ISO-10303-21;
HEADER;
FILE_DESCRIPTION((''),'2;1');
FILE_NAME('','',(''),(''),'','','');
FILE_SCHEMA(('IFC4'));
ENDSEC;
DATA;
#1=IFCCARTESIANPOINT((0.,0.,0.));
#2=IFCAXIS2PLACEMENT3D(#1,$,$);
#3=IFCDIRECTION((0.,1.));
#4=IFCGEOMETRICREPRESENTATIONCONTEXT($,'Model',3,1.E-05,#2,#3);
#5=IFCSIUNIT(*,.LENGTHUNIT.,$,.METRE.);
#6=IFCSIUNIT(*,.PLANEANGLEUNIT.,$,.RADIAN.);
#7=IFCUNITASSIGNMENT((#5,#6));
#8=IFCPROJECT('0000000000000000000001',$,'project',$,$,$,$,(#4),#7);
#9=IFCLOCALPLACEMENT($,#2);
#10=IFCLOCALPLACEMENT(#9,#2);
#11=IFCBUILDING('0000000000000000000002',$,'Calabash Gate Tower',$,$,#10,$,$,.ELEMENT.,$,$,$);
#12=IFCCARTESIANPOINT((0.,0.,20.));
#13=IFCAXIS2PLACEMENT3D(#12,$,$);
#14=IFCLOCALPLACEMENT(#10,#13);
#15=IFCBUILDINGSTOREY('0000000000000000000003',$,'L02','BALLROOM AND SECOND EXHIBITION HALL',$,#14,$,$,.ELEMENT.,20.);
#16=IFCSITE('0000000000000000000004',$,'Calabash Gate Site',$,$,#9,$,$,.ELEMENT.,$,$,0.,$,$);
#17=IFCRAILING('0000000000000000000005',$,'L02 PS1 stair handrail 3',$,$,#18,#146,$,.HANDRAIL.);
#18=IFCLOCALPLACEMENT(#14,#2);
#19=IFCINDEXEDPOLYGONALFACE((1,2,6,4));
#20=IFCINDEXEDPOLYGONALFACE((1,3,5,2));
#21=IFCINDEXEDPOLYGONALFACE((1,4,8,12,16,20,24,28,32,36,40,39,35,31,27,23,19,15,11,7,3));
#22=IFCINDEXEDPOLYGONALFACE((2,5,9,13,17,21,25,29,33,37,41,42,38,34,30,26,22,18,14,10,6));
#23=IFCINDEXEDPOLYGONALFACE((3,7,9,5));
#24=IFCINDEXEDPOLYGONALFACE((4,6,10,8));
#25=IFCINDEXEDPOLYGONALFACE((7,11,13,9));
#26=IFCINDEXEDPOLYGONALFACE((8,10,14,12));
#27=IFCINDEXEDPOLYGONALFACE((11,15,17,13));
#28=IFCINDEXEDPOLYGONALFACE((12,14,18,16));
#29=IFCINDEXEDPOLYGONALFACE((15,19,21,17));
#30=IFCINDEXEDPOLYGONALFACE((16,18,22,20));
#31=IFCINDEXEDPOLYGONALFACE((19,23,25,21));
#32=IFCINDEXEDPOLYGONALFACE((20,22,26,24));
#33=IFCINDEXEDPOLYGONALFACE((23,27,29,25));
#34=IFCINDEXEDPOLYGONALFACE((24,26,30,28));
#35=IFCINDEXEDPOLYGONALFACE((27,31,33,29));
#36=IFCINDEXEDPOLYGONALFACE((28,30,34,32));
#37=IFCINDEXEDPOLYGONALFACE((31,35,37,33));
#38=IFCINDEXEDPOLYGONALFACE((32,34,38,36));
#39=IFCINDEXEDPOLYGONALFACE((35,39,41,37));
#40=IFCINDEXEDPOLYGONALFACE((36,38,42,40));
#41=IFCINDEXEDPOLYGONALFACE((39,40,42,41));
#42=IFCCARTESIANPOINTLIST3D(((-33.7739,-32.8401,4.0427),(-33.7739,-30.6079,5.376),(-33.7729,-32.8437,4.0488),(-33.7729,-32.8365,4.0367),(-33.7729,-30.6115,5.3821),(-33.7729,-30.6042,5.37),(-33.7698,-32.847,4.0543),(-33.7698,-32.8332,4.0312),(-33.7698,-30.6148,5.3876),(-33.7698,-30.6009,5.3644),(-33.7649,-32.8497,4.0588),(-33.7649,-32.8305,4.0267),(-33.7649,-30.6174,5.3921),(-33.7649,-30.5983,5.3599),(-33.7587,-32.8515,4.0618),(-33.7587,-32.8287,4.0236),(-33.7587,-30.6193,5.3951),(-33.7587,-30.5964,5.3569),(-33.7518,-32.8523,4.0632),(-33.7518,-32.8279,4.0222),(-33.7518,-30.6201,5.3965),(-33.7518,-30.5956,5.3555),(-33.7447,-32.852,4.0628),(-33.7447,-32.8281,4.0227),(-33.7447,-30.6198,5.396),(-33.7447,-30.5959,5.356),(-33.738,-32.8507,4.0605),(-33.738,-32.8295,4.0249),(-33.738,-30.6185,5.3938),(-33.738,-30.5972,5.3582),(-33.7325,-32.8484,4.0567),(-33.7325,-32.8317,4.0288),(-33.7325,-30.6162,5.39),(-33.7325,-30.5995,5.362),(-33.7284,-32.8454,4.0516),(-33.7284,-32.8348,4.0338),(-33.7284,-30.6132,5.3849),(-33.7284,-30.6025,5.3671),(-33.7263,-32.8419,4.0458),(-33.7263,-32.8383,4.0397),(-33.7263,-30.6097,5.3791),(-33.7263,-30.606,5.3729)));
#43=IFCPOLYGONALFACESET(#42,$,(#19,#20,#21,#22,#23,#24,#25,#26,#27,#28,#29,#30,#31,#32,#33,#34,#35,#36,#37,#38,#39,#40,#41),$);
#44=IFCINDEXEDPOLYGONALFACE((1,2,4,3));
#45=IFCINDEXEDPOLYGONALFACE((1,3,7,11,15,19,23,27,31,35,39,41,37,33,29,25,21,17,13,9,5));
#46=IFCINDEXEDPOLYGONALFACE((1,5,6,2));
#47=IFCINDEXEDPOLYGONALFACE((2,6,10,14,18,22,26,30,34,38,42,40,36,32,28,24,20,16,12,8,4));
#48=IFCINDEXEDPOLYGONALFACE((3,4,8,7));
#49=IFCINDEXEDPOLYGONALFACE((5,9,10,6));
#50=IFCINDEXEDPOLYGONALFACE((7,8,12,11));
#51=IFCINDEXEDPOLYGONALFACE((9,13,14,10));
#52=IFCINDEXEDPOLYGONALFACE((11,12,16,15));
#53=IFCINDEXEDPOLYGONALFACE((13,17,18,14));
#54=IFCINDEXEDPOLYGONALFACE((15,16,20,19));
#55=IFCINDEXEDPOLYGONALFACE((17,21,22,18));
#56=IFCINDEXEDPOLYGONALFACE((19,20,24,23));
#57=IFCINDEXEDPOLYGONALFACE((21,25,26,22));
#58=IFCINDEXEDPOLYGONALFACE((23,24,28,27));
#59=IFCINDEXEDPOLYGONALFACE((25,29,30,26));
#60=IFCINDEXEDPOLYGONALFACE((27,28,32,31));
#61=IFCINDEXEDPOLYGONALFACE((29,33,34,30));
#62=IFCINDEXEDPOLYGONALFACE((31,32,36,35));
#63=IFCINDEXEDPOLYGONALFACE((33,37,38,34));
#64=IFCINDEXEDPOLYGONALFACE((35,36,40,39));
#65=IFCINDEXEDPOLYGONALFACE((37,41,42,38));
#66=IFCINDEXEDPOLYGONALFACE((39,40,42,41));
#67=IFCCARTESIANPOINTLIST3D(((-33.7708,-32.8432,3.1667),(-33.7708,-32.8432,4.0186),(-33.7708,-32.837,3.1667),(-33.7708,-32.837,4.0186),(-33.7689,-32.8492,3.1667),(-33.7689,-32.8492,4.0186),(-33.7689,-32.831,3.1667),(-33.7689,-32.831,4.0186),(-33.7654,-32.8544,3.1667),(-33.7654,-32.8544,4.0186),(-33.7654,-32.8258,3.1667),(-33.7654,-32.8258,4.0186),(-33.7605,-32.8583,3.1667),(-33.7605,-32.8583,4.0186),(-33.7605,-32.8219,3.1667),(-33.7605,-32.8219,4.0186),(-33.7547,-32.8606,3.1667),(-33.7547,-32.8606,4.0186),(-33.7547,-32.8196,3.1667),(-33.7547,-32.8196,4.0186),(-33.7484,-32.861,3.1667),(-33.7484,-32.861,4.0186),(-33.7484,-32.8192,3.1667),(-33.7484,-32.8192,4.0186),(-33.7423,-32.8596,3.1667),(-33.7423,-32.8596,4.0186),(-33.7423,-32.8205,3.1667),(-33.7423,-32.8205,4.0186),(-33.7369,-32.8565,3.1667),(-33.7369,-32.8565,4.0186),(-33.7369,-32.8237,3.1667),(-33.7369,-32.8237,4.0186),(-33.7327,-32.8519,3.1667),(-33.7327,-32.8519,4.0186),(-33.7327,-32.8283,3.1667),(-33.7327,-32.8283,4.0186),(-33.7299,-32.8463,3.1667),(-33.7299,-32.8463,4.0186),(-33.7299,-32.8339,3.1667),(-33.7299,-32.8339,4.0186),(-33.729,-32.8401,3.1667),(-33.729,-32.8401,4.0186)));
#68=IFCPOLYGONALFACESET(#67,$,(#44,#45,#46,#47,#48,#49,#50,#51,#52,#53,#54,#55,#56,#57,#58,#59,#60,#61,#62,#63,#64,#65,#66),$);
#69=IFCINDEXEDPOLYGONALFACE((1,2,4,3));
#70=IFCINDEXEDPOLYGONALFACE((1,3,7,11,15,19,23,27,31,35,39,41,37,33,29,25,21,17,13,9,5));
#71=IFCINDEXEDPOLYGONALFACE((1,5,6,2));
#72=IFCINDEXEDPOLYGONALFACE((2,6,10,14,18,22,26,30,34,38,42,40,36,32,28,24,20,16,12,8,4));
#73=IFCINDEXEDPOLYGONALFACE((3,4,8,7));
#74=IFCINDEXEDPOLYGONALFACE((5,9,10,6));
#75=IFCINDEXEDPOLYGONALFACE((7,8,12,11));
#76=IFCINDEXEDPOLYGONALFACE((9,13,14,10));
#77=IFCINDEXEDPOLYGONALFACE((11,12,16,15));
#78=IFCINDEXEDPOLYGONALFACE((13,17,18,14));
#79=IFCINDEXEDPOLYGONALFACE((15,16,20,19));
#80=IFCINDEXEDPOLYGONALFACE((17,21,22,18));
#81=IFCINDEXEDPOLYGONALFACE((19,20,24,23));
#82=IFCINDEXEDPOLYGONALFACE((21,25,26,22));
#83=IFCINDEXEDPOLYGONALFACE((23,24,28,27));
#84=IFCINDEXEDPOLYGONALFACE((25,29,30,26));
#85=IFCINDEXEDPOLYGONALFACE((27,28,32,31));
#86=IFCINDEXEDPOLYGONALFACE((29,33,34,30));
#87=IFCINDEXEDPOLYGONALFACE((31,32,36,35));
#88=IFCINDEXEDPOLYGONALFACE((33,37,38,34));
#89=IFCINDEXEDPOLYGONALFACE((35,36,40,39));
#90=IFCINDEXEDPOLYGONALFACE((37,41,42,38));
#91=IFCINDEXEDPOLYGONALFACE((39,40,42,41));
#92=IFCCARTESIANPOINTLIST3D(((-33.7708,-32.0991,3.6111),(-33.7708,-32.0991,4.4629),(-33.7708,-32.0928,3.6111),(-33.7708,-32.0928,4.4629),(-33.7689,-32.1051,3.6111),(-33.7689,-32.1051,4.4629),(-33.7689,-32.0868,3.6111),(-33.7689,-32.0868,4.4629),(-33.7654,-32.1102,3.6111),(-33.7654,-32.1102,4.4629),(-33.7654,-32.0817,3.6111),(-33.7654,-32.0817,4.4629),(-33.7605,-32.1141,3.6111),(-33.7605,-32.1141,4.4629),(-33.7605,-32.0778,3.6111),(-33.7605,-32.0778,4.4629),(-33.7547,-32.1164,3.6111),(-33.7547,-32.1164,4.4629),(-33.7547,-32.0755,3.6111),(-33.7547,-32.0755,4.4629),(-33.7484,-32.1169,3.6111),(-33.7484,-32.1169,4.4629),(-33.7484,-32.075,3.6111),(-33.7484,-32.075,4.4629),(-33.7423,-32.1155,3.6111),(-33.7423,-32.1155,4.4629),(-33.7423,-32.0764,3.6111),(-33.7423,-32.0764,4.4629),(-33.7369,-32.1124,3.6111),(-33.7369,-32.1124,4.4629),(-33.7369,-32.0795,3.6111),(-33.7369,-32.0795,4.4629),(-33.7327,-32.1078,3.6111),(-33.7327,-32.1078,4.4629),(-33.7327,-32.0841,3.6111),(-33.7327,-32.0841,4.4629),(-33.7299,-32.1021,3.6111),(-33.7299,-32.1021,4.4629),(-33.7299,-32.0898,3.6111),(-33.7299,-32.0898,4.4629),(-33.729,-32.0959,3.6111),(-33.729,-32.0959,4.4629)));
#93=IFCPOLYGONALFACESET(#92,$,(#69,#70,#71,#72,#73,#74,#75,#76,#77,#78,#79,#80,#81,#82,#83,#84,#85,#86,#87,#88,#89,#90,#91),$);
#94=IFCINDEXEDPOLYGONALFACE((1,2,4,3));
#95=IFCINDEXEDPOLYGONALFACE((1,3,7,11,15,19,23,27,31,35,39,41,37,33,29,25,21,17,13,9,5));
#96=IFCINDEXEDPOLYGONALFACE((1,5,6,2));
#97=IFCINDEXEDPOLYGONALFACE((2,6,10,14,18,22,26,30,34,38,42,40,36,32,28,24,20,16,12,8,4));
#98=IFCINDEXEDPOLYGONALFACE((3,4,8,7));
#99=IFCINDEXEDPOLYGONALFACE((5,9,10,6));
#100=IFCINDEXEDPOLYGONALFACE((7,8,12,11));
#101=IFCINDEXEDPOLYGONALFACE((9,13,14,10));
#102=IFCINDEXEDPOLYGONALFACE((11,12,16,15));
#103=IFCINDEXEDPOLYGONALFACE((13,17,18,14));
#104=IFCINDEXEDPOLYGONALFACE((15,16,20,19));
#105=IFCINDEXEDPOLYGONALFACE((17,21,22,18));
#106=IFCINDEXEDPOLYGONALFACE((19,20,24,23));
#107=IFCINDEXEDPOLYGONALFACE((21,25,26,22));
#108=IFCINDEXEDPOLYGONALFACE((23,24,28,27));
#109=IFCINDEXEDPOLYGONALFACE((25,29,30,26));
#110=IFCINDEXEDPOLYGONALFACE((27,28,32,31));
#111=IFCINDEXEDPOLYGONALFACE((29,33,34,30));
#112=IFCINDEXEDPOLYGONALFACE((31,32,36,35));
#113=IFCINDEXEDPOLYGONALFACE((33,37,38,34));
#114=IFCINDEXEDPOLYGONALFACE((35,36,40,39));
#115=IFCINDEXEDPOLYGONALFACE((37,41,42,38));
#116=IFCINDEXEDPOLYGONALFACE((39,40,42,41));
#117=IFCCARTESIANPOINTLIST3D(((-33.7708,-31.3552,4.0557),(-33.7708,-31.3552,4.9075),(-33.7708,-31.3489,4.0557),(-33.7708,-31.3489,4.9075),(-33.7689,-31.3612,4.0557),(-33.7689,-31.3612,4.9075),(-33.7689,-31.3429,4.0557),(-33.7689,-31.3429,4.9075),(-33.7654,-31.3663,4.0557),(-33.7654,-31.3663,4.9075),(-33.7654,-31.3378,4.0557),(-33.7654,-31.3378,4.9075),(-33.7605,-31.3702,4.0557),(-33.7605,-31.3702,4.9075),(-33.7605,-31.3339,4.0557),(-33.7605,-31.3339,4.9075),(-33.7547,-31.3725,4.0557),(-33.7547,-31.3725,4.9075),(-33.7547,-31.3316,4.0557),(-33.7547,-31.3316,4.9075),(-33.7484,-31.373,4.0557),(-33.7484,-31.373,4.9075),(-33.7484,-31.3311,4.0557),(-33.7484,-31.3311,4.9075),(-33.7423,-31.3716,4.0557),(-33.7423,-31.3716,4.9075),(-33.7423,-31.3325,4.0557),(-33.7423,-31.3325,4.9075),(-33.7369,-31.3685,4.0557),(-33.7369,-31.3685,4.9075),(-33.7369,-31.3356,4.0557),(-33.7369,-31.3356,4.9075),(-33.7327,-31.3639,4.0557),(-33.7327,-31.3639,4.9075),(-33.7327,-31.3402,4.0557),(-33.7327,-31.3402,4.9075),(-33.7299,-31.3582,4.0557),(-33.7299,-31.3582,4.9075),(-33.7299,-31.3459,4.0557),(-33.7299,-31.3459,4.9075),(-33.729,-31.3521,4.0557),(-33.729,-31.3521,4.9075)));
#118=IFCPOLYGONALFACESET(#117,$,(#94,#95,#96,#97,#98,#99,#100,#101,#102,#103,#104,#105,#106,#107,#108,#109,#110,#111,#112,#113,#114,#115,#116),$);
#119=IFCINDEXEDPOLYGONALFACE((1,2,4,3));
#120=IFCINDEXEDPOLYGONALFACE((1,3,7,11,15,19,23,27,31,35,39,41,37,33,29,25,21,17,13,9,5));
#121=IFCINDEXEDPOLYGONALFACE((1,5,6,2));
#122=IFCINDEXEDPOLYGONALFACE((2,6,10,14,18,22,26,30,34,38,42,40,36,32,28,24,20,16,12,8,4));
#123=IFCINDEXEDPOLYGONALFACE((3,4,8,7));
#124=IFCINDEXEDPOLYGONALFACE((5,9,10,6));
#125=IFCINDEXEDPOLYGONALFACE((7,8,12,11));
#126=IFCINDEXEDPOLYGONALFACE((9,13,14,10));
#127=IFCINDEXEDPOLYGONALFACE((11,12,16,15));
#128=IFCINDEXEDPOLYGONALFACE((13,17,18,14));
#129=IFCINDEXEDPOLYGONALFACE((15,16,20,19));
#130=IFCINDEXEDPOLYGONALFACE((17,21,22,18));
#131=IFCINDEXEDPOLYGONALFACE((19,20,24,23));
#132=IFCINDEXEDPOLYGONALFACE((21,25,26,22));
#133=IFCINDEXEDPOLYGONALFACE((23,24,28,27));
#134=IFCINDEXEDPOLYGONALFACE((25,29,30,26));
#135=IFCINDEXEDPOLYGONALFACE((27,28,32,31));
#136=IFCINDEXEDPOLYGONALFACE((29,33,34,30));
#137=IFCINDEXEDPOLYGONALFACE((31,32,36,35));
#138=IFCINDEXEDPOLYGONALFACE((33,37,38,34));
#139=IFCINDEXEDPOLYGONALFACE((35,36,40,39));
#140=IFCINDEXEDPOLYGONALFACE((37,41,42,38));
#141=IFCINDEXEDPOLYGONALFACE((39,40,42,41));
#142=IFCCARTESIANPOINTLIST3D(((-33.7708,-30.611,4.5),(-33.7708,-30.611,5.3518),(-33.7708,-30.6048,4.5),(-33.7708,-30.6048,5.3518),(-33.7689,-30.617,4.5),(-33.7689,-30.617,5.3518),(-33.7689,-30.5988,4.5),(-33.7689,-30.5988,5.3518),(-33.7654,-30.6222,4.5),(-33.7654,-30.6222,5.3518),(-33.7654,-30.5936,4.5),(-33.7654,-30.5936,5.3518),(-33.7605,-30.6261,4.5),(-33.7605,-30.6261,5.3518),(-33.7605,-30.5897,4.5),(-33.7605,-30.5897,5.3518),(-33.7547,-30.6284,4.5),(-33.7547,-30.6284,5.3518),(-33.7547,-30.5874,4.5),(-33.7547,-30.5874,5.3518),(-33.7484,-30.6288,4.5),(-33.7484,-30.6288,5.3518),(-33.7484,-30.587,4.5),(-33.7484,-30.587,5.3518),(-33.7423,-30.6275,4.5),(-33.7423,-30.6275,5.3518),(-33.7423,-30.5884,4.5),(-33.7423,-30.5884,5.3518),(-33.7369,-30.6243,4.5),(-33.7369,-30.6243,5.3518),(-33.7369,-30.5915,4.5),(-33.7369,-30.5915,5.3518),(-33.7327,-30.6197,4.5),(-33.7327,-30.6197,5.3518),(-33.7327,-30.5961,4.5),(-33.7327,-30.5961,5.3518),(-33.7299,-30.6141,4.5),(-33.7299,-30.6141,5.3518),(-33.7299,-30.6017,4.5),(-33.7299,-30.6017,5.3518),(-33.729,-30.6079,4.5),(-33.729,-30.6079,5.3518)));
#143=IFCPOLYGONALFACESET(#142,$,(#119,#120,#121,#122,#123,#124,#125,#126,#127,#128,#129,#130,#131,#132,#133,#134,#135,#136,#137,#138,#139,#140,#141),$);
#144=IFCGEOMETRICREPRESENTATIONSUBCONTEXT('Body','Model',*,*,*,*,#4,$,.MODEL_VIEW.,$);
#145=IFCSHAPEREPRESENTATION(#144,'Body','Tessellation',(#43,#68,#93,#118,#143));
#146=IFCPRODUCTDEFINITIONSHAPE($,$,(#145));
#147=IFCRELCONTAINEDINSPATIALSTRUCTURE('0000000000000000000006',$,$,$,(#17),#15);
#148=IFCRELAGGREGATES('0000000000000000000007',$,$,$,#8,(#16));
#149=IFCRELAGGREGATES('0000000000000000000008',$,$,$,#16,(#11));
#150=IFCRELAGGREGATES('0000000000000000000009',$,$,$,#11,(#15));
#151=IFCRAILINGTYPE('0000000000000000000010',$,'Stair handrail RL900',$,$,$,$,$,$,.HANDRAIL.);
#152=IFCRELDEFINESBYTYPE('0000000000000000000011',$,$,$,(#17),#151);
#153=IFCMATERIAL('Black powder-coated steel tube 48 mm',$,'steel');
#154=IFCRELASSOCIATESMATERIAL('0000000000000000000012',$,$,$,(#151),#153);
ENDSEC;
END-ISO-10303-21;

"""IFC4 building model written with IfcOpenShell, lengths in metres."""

from ifc_helpers import new_model, si_unit, direction, frame, origin, origin_2d, place, context, subcontext, project, spatial, circle, extrude, material, type_object, element, save


model = new_model("IFC4")

# Units and contexts
model_context = context("Model", 3, precision=1e-05, world=origin(), true_north=direction((0.0, 1.0)))
body_context = subcontext(model_context, "Body", "Model", "MODEL_VIEW")
ifc_project = project(units=[si_unit("LENGTHUNIT", "METRE"), si_unit("PLANEANGLEUNIT", "RADIAN")], contexts=[model_context])

# Site, building, storey
site_placement = place(None, origin())
site = spatial("IfcSite", under=ifc_project, at=site_placement, Name="Calabash Gate Site", CompositionType="ELEMENT", RefElevation=0.0)
building_placement = place(site_placement, origin())
building = spatial("IfcBuilding", under=site, at=building_placement, Name="Calabash Gate Tower", CompositionType="ELEMENT")
storey_placement = place(building_placement, frame((0.0, 0.0, 20.0)))
storey = spatial("IfcBuildingStorey", under=building, at=storey_placement, Name="L02", Description="BALLROOM AND SECOND EXHIBITION HALL", CompositionType="ELEMENT", Elevation=20.0)

# Railing
ifc_material_1 = material(Name="Black powder-coated steel tube 48 mm", Category="steel")
railing_type_1 = type_object("IfcRailingType", Name="Stair handrail RL900", PredefinedType="HANDRAIL", material=ifc_material_1)
for number, where, name in (
    (1, (-33.75, -32.8401, 3.1667), "L02 PS1 stair handrail 3"),
):
    element("IfcRailing", number, at=place(storey_placement, frame(where)), inside=storey, type_object=railing_type_1, Name=name, PredefinedType="HANDRAIL", context=body_context, shape_type="SweptSolid", body=[
        extrude(circle(Radius=0.0239, at=origin_2d()), frame((0.0, 0.0, 0.876), z_axis=(0.0, 0.858519, 0.512782), x_axis=(-1.0, 0.0, 0.0)), (0.0, 0.0, 1.0), 2.6001),
        extrude(circle(Radius=0.021, at=origin_2d()), origin(), (0.0, 0.0, 1.0), 0.8518),
        extrude(circle(Radius=0.021, at=origin_2d()), frame((0.0, 0.7441, 0.4443)), (0.0, 0.0, 1.0), 0.8518),
        extrude(circle(Radius=0.021, at=origin_2d()), frame((0.0, 1.488, 0.8889)), (0.0, 0.0, 1.0), 0.8518),
        extrude(circle(Radius=0.021, at=origin_2d()), frame((0.0, 2.2322, 1.3333)), (0.0, 0.0, 1.0), 0.8518),
    ])

save(model, "model.ifc")
